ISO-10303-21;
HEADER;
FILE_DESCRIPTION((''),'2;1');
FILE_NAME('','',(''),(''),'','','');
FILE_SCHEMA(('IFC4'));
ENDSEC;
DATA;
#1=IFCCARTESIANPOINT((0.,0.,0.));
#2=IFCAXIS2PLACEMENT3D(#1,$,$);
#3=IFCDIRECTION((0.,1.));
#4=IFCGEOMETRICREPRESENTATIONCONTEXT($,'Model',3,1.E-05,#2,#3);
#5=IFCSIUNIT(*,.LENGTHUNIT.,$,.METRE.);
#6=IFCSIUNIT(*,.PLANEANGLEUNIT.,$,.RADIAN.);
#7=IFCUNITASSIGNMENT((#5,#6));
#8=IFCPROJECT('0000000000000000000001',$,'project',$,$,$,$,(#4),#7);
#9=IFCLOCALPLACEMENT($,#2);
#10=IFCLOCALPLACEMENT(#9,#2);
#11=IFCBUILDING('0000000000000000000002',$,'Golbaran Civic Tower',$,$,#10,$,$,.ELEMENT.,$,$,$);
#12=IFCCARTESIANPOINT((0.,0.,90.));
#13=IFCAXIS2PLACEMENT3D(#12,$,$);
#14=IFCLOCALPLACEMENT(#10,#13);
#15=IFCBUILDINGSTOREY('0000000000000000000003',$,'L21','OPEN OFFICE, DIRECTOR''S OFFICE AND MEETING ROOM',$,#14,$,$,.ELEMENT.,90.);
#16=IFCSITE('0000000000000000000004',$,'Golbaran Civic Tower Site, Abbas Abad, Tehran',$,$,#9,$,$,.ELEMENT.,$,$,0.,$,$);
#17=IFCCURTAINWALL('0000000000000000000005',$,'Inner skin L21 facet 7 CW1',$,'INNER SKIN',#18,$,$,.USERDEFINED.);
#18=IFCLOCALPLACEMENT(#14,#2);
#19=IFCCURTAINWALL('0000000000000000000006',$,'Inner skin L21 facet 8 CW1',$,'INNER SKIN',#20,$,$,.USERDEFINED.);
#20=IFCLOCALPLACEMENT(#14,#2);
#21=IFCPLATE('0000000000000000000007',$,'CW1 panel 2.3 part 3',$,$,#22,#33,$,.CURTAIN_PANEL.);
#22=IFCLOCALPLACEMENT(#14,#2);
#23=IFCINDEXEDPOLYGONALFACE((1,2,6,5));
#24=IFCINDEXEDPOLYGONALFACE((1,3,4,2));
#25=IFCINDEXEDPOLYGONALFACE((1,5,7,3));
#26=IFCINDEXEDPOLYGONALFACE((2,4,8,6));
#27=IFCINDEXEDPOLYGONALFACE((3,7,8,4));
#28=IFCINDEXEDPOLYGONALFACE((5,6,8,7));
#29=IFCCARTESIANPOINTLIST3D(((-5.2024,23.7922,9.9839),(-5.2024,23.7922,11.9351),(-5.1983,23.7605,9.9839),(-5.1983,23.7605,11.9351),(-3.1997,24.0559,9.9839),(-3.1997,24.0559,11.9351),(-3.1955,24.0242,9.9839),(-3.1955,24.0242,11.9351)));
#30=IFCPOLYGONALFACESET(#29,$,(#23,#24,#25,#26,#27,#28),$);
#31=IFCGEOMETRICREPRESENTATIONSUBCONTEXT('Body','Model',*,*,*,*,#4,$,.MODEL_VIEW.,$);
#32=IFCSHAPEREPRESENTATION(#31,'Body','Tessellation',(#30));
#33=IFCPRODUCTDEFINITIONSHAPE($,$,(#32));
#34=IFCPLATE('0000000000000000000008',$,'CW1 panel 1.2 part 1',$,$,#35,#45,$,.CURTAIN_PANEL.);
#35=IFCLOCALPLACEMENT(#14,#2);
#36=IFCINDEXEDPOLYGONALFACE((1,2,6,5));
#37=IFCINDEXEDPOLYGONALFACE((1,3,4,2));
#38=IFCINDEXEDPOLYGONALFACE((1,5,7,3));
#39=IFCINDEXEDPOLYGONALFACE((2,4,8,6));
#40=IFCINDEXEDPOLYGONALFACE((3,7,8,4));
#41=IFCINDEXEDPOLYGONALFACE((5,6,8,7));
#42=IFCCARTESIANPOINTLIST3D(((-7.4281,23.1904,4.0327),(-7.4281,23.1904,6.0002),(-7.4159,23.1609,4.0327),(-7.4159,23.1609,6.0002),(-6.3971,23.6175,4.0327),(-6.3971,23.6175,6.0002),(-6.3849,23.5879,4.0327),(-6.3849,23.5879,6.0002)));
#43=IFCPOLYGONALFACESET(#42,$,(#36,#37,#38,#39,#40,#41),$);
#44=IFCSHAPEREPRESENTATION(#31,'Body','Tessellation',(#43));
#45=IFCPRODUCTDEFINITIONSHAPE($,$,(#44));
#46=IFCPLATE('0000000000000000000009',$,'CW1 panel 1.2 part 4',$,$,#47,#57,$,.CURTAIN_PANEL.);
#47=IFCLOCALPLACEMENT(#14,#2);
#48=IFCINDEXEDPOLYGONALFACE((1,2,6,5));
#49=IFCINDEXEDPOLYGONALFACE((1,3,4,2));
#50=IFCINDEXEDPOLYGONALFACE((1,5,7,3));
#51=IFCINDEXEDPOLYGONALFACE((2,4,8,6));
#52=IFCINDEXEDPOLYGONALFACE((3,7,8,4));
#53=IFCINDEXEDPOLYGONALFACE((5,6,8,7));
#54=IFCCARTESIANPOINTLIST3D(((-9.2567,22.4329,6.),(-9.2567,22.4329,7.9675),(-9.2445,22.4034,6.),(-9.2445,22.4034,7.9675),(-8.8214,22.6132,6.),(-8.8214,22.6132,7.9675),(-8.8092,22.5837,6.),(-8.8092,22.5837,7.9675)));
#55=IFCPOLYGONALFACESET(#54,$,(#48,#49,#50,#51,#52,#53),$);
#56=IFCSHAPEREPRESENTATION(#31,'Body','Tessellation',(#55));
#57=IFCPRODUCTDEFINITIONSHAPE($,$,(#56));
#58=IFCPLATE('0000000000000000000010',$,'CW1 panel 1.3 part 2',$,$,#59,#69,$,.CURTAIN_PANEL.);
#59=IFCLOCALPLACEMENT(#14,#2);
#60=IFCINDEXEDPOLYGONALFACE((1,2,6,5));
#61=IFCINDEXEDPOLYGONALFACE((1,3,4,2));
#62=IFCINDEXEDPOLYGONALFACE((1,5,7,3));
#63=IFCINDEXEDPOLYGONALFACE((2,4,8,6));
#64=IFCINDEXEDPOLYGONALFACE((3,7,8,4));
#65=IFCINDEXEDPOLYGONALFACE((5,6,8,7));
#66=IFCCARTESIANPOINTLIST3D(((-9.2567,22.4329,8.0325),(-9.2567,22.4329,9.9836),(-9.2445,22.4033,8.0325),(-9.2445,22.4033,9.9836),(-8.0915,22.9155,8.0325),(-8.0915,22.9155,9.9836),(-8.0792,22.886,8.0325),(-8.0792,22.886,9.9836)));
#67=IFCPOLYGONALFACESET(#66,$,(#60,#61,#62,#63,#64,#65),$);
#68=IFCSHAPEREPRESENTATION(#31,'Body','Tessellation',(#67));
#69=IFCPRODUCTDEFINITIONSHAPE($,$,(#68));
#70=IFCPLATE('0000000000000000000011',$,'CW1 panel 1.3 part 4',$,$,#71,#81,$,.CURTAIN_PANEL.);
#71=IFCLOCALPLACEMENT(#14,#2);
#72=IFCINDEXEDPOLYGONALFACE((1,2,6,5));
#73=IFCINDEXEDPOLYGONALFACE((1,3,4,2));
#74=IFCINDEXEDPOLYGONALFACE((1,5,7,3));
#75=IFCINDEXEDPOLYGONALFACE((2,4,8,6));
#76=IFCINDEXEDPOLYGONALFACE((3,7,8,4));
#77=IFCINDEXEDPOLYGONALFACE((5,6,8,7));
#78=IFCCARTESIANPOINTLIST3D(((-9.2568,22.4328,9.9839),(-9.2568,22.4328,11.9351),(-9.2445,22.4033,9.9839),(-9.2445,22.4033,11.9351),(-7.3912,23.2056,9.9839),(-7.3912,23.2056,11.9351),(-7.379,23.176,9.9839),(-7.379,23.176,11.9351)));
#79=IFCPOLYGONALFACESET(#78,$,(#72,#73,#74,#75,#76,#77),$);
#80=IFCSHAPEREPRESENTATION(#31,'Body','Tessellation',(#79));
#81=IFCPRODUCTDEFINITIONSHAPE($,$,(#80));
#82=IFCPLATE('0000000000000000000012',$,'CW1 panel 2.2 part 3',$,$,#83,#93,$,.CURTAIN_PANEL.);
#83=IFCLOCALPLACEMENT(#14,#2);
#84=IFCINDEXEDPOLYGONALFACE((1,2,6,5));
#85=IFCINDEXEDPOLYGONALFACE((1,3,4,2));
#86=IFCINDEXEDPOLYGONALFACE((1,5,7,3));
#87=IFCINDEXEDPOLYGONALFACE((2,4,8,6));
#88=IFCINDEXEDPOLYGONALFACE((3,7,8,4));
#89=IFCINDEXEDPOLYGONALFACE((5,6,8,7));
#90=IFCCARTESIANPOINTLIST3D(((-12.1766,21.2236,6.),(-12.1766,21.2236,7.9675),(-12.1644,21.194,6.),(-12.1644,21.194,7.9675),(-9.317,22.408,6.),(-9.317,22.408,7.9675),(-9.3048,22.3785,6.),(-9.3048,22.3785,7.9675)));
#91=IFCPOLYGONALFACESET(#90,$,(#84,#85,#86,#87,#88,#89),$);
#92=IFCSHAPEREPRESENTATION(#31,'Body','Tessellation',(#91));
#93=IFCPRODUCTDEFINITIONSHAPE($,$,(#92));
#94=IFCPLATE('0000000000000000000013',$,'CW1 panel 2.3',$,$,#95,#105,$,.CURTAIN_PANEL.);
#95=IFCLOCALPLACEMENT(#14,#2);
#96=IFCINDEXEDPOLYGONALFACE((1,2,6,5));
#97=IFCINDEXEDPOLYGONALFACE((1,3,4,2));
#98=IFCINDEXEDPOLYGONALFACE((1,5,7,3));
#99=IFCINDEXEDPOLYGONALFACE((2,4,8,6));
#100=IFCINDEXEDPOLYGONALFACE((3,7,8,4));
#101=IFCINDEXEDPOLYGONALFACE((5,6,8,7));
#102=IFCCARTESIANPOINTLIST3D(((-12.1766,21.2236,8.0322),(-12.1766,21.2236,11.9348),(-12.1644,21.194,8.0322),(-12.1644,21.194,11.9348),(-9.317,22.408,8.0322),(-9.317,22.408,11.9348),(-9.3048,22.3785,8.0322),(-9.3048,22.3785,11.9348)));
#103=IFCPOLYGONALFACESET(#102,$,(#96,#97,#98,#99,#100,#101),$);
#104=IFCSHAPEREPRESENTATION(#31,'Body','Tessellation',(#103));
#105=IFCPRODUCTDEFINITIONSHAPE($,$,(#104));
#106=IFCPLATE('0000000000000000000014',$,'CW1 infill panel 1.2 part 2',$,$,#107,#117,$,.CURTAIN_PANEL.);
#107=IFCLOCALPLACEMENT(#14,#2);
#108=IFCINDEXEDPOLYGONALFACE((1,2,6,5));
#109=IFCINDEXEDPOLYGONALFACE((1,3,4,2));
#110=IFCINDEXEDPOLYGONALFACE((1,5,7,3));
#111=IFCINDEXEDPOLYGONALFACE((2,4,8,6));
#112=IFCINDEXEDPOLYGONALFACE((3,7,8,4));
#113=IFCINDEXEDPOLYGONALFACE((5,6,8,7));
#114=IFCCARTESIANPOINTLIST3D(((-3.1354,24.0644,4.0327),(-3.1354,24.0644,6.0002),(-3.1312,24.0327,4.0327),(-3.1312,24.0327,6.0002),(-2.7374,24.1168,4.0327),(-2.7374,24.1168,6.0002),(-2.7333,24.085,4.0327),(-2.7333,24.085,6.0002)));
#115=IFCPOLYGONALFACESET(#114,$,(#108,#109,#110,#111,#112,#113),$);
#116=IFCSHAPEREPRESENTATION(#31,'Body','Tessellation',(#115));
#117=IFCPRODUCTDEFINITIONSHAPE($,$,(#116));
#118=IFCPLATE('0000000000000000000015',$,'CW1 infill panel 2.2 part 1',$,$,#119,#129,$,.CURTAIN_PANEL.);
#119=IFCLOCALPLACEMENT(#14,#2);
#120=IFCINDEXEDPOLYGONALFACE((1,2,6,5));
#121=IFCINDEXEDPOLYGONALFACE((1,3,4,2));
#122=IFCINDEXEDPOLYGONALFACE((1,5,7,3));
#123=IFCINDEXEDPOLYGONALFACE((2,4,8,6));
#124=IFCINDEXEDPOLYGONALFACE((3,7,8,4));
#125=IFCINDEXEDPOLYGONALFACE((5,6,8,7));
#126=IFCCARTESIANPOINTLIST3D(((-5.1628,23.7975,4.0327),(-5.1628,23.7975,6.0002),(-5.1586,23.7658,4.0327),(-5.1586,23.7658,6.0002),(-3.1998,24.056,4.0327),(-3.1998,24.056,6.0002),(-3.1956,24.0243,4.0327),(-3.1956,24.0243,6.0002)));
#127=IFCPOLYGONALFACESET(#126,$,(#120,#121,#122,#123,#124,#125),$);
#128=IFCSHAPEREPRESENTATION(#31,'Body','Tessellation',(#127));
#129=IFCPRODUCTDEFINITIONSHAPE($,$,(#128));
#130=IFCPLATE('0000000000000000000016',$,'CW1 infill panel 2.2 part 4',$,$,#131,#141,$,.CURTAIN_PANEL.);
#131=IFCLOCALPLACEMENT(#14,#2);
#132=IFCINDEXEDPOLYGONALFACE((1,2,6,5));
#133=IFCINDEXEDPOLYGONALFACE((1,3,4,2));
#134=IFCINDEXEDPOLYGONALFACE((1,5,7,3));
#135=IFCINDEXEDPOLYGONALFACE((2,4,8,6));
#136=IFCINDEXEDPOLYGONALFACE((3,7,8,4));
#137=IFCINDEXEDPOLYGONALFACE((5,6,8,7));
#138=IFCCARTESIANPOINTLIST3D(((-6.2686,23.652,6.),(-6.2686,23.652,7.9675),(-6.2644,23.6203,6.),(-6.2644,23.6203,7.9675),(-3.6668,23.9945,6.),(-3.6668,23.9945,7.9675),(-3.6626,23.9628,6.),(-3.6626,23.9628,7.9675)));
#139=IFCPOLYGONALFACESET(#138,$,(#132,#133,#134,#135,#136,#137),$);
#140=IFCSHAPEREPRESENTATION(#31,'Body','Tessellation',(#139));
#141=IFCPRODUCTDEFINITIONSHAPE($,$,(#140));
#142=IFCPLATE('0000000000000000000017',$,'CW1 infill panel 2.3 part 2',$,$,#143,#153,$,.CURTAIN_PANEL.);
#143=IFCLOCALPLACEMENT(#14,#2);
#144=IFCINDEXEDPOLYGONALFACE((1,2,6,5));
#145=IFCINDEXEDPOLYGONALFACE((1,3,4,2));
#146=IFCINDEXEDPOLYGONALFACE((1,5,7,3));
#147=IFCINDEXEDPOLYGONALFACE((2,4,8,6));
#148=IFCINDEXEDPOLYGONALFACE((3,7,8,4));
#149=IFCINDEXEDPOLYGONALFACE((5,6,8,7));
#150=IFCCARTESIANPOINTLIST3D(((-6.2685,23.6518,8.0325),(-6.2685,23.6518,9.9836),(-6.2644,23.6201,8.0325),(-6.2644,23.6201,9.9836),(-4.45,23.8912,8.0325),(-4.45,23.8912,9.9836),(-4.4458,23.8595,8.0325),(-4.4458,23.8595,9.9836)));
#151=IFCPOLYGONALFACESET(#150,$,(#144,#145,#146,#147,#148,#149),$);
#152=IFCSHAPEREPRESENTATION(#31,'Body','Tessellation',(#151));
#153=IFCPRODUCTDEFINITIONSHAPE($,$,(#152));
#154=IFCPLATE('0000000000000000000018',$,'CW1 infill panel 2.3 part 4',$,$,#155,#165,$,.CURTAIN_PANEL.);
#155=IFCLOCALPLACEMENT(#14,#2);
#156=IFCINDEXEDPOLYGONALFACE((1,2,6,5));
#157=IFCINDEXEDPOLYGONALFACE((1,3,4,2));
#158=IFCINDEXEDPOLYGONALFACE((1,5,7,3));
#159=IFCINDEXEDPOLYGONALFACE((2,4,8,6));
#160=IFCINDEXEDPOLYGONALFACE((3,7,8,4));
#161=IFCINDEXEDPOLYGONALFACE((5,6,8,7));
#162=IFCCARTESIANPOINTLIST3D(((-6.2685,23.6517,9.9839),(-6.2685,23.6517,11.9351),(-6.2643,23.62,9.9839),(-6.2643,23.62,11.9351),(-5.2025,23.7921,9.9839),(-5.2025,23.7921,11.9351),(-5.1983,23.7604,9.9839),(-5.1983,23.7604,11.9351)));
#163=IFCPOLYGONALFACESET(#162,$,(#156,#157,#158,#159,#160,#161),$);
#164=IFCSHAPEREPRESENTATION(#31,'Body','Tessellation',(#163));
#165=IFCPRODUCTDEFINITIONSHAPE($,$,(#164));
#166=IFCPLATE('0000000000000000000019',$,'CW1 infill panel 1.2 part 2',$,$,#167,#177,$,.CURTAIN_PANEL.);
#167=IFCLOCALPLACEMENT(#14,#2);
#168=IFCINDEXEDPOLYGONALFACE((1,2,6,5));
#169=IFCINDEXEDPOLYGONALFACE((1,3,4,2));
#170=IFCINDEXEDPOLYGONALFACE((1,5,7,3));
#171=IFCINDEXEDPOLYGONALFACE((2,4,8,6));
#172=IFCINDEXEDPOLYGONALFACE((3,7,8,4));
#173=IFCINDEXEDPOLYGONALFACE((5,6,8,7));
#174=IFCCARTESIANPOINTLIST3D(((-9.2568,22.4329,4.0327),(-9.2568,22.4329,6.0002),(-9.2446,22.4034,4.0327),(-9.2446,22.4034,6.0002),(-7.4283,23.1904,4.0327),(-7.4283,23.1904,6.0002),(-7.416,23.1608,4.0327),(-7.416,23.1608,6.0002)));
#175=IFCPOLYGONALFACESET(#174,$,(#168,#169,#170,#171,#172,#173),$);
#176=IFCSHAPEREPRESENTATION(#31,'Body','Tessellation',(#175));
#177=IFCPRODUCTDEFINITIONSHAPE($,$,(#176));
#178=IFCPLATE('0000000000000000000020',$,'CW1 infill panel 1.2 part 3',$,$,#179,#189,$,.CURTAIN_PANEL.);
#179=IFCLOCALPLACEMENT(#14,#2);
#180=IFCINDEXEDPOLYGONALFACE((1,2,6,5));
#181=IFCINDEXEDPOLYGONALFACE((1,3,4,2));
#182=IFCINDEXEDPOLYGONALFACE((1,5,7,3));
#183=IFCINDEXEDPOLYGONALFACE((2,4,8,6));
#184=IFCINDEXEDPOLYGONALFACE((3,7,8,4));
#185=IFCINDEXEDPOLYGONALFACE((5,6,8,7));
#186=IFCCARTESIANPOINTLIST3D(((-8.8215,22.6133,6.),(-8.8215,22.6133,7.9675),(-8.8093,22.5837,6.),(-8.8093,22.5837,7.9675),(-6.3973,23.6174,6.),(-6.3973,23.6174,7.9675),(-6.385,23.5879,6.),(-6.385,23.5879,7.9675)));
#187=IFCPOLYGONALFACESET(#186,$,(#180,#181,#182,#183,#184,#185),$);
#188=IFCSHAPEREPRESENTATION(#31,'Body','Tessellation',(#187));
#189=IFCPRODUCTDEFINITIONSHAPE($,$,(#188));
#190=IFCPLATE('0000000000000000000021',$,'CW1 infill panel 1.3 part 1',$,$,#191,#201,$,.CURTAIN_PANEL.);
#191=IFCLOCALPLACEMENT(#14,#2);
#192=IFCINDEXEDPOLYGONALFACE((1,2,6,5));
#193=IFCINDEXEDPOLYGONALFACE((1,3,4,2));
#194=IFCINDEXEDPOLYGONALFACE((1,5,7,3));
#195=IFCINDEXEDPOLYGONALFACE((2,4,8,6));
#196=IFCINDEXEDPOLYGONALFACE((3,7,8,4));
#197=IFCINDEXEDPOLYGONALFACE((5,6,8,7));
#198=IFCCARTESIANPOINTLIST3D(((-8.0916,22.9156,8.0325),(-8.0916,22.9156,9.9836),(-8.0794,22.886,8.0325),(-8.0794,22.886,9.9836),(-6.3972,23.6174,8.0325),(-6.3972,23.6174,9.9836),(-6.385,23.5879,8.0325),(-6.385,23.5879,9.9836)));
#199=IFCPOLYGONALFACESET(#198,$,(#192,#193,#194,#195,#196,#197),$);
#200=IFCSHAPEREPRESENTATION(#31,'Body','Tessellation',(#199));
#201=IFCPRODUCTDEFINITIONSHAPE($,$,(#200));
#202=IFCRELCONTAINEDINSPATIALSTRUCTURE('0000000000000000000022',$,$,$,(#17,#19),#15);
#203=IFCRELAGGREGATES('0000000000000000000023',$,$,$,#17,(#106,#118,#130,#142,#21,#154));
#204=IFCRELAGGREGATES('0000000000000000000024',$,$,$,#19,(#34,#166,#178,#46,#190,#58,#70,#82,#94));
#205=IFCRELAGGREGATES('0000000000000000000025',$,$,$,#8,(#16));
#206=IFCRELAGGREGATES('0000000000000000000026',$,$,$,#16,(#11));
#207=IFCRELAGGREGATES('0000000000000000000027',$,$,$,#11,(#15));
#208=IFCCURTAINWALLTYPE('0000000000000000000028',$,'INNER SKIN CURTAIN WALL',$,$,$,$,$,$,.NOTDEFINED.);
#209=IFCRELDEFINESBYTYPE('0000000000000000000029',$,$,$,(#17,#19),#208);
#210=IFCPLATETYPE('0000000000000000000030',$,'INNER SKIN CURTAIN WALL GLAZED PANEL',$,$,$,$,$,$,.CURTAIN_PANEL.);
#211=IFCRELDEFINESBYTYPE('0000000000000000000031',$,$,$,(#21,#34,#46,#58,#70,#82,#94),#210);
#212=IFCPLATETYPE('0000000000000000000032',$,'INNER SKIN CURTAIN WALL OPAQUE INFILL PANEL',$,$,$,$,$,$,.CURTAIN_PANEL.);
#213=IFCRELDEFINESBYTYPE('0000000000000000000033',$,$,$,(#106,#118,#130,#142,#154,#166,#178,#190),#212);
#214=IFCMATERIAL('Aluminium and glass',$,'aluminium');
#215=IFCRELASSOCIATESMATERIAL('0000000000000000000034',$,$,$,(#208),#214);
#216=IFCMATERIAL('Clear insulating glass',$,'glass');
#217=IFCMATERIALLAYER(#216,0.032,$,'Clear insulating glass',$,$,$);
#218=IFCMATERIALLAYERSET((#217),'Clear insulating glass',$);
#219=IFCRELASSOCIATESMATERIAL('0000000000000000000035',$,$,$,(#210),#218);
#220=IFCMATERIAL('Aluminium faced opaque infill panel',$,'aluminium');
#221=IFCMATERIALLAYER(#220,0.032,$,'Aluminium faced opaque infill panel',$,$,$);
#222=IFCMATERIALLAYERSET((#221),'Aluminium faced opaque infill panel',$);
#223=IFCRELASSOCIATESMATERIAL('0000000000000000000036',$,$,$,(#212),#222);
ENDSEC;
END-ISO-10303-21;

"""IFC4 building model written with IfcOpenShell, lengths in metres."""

from ifc_helpers import new_model, si_unit, direction, frame, origin, origin_2d, place, context, subcontext, project, spatial, rectangle, extrude, material, layer, layer_set, type_object, element, aggregate, save


model = new_model("IFC4")

# Units and contexts
model_context = context("Model", 3, precision=1e-05, world=origin(), true_north=direction((0.0, 1.0)))
body_context = subcontext(model_context, "Body", "Model", "MODEL_VIEW")
ifc_project = project(units=[si_unit("LENGTHUNIT", "METRE"), si_unit("PLANEANGLEUNIT", "RADIAN")], contexts=[model_context])

# Site, building, storey
site_placement = place(None, origin())
site = spatial("IfcSite", under=ifc_project, at=site_placement, Name="Golbaran Civic Tower Site, Abbas Abad, Tehran", CompositionType="ELEMENT", RefElevation=0.0)
building_placement = place(site_placement, origin())
building = spatial("IfcBuilding", under=site, at=building_placement, Name="Golbaran Civic Tower", CompositionType="ELEMENT")
storey_placement = place(building_placement, frame((0.0, 0.0, 90.0)))
storey = spatial("IfcBuildingStorey", under=building, at=storey_placement, Name="L21", Description="OPEN OFFICE, DIRECTOR'S OFFICE AND MEETING ROOM", CompositionType="ELEMENT", Elevation=90.0)

# Curtain walls
ifc_material_1 = material(Name="Aluminium and glass", Category="aluminium")
curtain_wall_type = type_object("IfcCurtainWallType", Name="INNER SKIN CURTAIN WALL", PredefinedType="NOTDEFINED", material=ifc_material_1)
curtain_wall_1_placement = place(storey_placement, origin())
curtain_wall_1 = element("IfcCurtainWall", 1, at=curtain_wall_1_placement, inside=storey, type_object=curtain_wall_type, Name="Inner skin L21 facet 7 CW1", ObjectType="INNER SKIN", PredefinedType="USERDEFINED")
curtain_wall_2_placement = place(storey_placement, origin())
curtain_wall_2 = element("IfcCurtainWall", 2, at=curtain_wall_2_placement, inside=storey, type_object=curtain_wall_type, Name="Inner skin L21 facet 8 CW1", ObjectType="INNER SKIN", PredefinedType="USERDEFINED")

# Plates
ifc_material_2 = material(Name="Clear insulating glass", Category="glass")
ifc_layer_1 = layer(ifc_material_2, 0.032, Name="Clear insulating glass")
ifc_layer_set_1 = layer_set([ifc_layer_1], Name="Clear insulating glass")
plate_type_1 = type_object("IfcPlateType", Name="INNER SKIN CURTAIN WALL GLAZED PANEL", PredefinedType="CURTAIN_PANEL", material=ifc_layer_set_1)
plate_1_placement = place(storey_placement, frame((-4.199, 23.9082, 9.9839), z_axis=(0.0, 0.0, 1.0), x_axis=(-0.991445, -0.130526, 0.0)))
plate_1 = element("IfcPlate", 3, at=plate_1_placement, type_object=plate_type_1, Name="CW1 panel 2.3 part 3", PredefinedType="CURTAIN_PANEL", context=body_context, shape_type="SweptSolid", body=[
    extrude(rectangle(XDim=2.02, YDim=0.032, at=origin_2d()), origin(), (0.0, 0.0, 1.0), 1.9512),
])
plate_2_placement = place(storey_placement, frame((-6.9065, 23.3892, 4.0327), z_axis=(0.0, 0.0, 1.0), x_axis=(-0.92388, -0.382683, 0.0)))
plate_2 = element("IfcPlate", 4, at=plate_2_placement, type_object=plate_type_1, Name="CW1 panel 1.2 part 1", PredefinedType="CURTAIN_PANEL", context=body_context, shape_type="SweptSolid", body=[
    extrude(rectangle(XDim=1.116, YDim=0.032, at=origin_2d()), origin(), (0.0, 0.0, 1.0), 1.9675),
])
plate_3_placement = place(storey_placement, frame((-9.033, 22.5083, 6.0), z_axis=(0.0, 0.0, 1.0), x_axis=(-0.92388, -0.382683, 0.0)))
plate_3 = element("IfcPlate", 5, at=plate_3_placement, type_object=plate_type_1, Name="CW1 panel 1.2 part 4", PredefinedType="CURTAIN_PANEL", context=body_context, shape_type="SweptSolid", body=[
    extrude(rectangle(XDim=0.4712, YDim=0.032, at=origin_2d()), origin(), (0.0, 0.0, 1.0), 1.9675),
])
plate_4_placement = place(storey_placement, frame((-8.668, 22.6594, 8.0325), z_axis=(0.0, 0.0, 1.0), x_axis=(-0.92388, -0.382683, 0.0)))
plate_4 = element("IfcPlate", 6, at=plate_4_placement, type_object=plate_type_1, Name="CW1 panel 1.3 part 2", PredefinedType="CURTAIN_PANEL", context=body_context, shape_type="SweptSolid", body=[
    extrude(rectangle(XDim=1.2612, YDim=0.032, at=origin_2d()), origin(), (0.0, 0.0, 1.0), 1.9512),
])
plate_5_placement = place(storey_placement, frame((-8.3179, 22.8044, 9.9839), z_axis=(0.0, 0.0, 1.0), x_axis=(-0.92388, -0.382683, 0.0)))
plate_5 = element("IfcPlate", 7, at=plate_5_placement, type_object=plate_type_1, Name="CW1 panel 1.3 part 4", PredefinedType="CURTAIN_PANEL", context=body_context, shape_type="SweptSolid", body=[
    extrude(rectangle(XDim=2.0193, YDim=0.032, at=origin_2d()), origin(), (0.0, 0.0, 1.0), 1.9512),
])
plate_6_placement = place(storey_placement, frame((-10.7407, 21.801, 6.0), z_axis=(0.0, 0.0, 1.0), x_axis=(-0.92388, -0.382683, 0.0)))
plate_6 = element("IfcPlate", 8, at=plate_6_placement, type_object=plate_type_1, Name="CW1 panel 2.2 part 3", PredefinedType="CURTAIN_PANEL", context=body_context, shape_type="SweptSolid", body=[
    extrude(rectangle(XDim=3.0952, YDim=0.032, at=origin_2d()), origin(), (0.0, 0.0, 1.0), 1.9675),
])
plate_7_placement = place(storey_placement, frame((-10.7407, 21.801, 8.0322), z_axis=(0.0, 0.0, 1.0), x_axis=(-0.92388, -0.382683, 0.0)))
plate_7 = element("IfcPlate", 9, at=plate_7_placement, type_object=plate_type_1, Name="CW1 panel 2.3", PredefinedType="CURTAIN_PANEL", context=body_context, shape_type="SweptSolid", body=[
    extrude(rectangle(XDim=3.0952, YDim=0.032, at=origin_2d()), origin(), (0.0, 0.0, 1.0), 3.9026),
])
ifc_material_3 = material(Name="Aluminium faced opaque infill panel", Category="aluminium")
ifc_layer_2 = layer(ifc_material_3, 0.032, Name="Aluminium faced opaque infill panel")
ifc_layer_set_2 = layer_set([ifc_layer_2], Name="Aluminium faced opaque infill panel")
plate_type_2 = type_object("IfcPlateType", Name="INNER SKIN CURTAIN WALL OPAQUE INFILL PANEL", PredefinedType="CURTAIN_PANEL", material=ifc_layer_set_2)
plate_8_placement = place(storey_placement, frame((-2.9343, 24.0747, 4.0327), z_axis=(0.0, 0.0, 1.0), x_axis=(-0.991445, -0.130526, 0.0)))
plate_8 = element("IfcPlate", 10, at=plate_8_placement, type_object=plate_type_2, Name="CW1 infill panel 1.2 part 2", PredefinedType="CURTAIN_PANEL", context=body_context, shape_type="SweptSolid", body=[
    extrude(rectangle(XDim=0.4014, YDim=0.032, at=origin_2d()), origin(), (0.0, 0.0, 1.0), 1.9675),
])
plate_9_placement = place(storey_placement, frame((-4.1792, 23.9109, 4.0327), z_axis=(0.0, 0.0, 1.0), x_axis=(-0.991445, -0.130526, 0.0)))
plate_9 = element("IfcPlate", 11, at=plate_9_placement, type_object=plate_type_2, Name="CW1 infill panel 2.2 part 1", PredefinedType="CURTAIN_PANEL", context=body_context, shape_type="SweptSolid", body=[
    extrude(rectangle(XDim=1.98, YDim=0.032, at=origin_2d()), origin(), (0.0, 0.0, 1.0), 1.9675),
])
plate_10_placement = place(storey_placement, frame((-4.9656, 23.8074, 6.0), z_axis=(0.0, 0.0, 1.0), x_axis=(-0.991445, -0.130526, 0.0)))
plate_10 = element("IfcPlate", 12, at=plate_10_placement, type_object=plate_type_2, Name="CW1 infill panel 2.2 part 4", PredefinedType="CURTAIN_PANEL", context=body_context, shape_type="SweptSolid", body=[
    extrude(rectangle(XDim=2.6243, YDim=0.032, at=origin_2d()), origin(), (0.0, 0.0, 1.0), 1.9675),
])
plate_11_placement = place(storey_placement, frame((-5.3572, 23.7556, 8.0325), z_axis=(0.0, 0.0, 1.0), x_axis=(-0.991445, -0.130526, 0.0)))
plate_11 = element("IfcPlate", 13, at=plate_11_placement, type_object=plate_type_2, Name="CW1 infill panel 2.3 part 2", PredefinedType="CURTAIN_PANEL", context=body_context, shape_type="SweptSolid", body=[
    extrude(rectangle(XDim=1.8342, YDim=0.032, at=origin_2d()), origin(), (0.0, 0.0, 1.0), 1.9512),
])
plate_12_placement = place(storey_placement, frame((-5.7334, 23.7061, 9.9839), z_axis=(0.0, 0.0, 1.0), x_axis=(-0.991445, -0.130526, 0.0)))
plate_12 = element("IfcPlate", 14, at=plate_12_placement, type_object=plate_type_2, Name="CW1 infill panel 2.3 part 4", PredefinedType="CURTAIN_PANEL", context=body_context, shape_type="SweptSolid", body=[
    extrude(rectangle(XDim=1.0752, YDim=0.032, at=origin_2d()), origin(), (0.0, 0.0, 1.0), 1.9512),
])
aggregate(curtain_wall_1, [plate_8, plate_9, plate_10, plate_11, plate_1, plate_12])
plate_13_placement = place(storey_placement, frame((-8.3364, 22.7969, 4.0327), z_axis=(0.0, 0.0, 1.0), x_axis=(-0.92388, -0.382683, 0.0)))
plate_13 = element("IfcPlate", 15, at=plate_13_placement, type_object=plate_type_2, Name="CW1 infill panel 1.2 part 2", PredefinedType="CURTAIN_PANEL", context=body_context, shape_type="SweptSolid", body=[
    extrude(rectangle(XDim=1.9792, YDim=0.032, at=origin_2d()), origin(), (0.0, 0.0, 1.0), 1.9675),
])
plate_14_placement = place(storey_placement, frame((-7.6033, 23.1006, 6.0), z_axis=(0.0, 0.0, 1.0), x_axis=(-0.92388, -0.382683, 0.0)))
plate_14 = element("IfcPlate", 16, at=plate_14_placement, type_object=plate_type_2, Name="CW1 infill panel 1.2 part 3", PredefinedType="CURTAIN_PANEL", context=body_context, shape_type="SweptSolid", body=[
    extrude(rectangle(XDim=2.624, YDim=0.032, at=origin_2d()), origin(), (0.0, 0.0, 1.0), 1.9675),
])
plate_15_placement = place(storey_placement, frame((-7.2383, 23.2517, 8.0325), z_axis=(0.0, 0.0, 1.0), x_axis=(-0.92388, -0.382683, 0.0)))
plate_15 = element("IfcPlate", 17, at=plate_15_placement, type_object=plate_type_2, Name="CW1 infill panel 1.3 part 1", PredefinedType="CURTAIN_PANEL", context=body_context, shape_type="SweptSolid", body=[
    extrude(rectangle(XDim=1.834, YDim=0.032, at=origin_2d()), origin(), (0.0, 0.0, 1.0), 1.9512),
])
aggregate(curtain_wall_2, [plate_2, plate_13, plate_14, plate_3, plate_15, plate_4, plate_5, plate_6, plate_7])

save(model, "model.ifc")
